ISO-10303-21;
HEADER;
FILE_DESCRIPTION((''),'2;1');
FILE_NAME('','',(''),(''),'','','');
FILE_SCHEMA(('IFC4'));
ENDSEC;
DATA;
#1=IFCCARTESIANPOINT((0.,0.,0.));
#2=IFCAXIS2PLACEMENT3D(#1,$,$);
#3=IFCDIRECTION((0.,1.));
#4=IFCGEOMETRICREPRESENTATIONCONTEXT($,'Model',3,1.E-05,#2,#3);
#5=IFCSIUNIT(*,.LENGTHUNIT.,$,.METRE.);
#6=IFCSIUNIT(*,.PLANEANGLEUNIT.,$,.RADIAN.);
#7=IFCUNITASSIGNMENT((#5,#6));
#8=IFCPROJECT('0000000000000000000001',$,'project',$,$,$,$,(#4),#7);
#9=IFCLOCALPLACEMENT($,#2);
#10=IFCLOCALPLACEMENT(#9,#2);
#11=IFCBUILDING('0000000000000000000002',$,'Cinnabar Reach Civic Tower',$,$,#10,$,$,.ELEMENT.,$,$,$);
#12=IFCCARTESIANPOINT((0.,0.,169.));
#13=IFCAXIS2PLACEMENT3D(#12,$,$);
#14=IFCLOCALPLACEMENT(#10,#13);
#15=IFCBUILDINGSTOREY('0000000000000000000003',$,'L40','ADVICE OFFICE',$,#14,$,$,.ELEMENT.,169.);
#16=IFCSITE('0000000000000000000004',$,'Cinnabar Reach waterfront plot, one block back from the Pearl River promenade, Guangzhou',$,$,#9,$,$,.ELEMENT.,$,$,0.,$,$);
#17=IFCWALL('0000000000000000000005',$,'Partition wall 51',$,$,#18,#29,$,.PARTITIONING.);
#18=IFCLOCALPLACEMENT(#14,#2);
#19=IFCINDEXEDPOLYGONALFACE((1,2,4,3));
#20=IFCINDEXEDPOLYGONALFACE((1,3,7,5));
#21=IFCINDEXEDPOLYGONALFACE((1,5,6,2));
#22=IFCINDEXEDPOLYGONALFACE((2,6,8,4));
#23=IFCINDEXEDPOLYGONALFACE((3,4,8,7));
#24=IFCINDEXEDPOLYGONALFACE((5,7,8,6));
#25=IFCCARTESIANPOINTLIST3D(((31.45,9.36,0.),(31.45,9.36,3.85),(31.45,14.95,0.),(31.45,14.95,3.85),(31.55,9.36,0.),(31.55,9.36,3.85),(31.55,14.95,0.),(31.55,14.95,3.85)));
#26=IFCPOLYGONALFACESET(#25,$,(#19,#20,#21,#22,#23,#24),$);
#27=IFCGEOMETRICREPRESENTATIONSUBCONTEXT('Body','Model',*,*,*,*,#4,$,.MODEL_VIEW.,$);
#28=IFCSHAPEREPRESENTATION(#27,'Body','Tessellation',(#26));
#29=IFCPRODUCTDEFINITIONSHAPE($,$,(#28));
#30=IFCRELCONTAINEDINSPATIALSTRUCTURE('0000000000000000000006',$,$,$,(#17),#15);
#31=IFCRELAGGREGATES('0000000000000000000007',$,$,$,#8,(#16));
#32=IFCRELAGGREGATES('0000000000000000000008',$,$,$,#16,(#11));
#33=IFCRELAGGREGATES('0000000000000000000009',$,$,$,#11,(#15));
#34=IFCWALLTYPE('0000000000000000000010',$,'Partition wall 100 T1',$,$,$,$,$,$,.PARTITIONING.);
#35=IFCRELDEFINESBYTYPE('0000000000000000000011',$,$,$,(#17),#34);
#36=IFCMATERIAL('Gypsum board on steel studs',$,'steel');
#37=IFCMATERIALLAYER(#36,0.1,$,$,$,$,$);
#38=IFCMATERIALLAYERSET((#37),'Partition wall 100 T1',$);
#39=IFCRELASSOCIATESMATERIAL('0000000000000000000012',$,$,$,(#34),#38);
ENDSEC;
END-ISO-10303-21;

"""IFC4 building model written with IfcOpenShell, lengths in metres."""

from ifc_helpers import new_model, si_unit, direction, frame, frame_2d, origin, place, context, subcontext, project, spatial, rectangle, extrude, material, layer, layer_set, type_object, element, save


model = new_model("IFC4")

# Units and contexts
model_context = context("Model", 3, precision=1e-05, world=origin(), true_north=direction((0.0, 1.0)))
body_context = subcontext(model_context, "Body", "Model", "MODEL_VIEW")
ifc_project = project(units=[si_unit("LENGTHUNIT", "METRE"), si_unit("PLANEANGLEUNIT", "RADIAN")], contexts=[model_context])

# Site, building, storey
site_placement = place(None, origin())
site = spatial("IfcSite", under=ifc_project, at=site_placement, Name="Cinnabar Reach waterfront plot, one block back from the Pearl River promenade, Guangzhou", CompositionType="ELEMENT", RefElevation=0.0)
building_placement = place(site_placement, origin())
building = spatial("IfcBuilding", under=site, at=building_placement, Name="Cinnabar Reach Civic Tower", CompositionType="ELEMENT")
storey_placement = place(building_placement, frame((0.0, 0.0, 169.0)))
storey = spatial("IfcBuildingStorey", under=building, at=storey_placement, Name="L40", Description="ADVICE OFFICE", CompositionType="ELEMENT", Elevation=169.0)

# Shared definitions
ifc_material_1 = material(Name="Gypsum board on steel studs", Category="steel")
ifc_layer_1 = layer(ifc_material_1, 0.1)
ifc_layer_set_1 = layer_set([ifc_layer_1], Name="Partition wall 100 T1")
wall_type_1 = type_object("IfcWallType", Name="Partition wall 100 T1", PredefinedType="PARTITIONING", material=ifc_layer_set_1)

# Wall
wall_1_placement = place(storey_placement, frame((31.5, 9.36, 0.0), z_axis=(0.0, 0.0, 1.0), x_axis=(0.0, 1.0, 0.0)))
element("IfcWall", 1, at=wall_1_placement, inside=storey, type_object=wall_type_1, Name="Partition wall 51", PredefinedType="PARTITIONING", context=body_context, shape_type="SweptSolid", body=[
    extrude(rectangle(XDim=5.59, YDim=0.1, at=frame_2d((2.795, 0.0))), origin(), (0.0, 0.0, 1.0), 3.85),
])

save(model, "model.ifc")
